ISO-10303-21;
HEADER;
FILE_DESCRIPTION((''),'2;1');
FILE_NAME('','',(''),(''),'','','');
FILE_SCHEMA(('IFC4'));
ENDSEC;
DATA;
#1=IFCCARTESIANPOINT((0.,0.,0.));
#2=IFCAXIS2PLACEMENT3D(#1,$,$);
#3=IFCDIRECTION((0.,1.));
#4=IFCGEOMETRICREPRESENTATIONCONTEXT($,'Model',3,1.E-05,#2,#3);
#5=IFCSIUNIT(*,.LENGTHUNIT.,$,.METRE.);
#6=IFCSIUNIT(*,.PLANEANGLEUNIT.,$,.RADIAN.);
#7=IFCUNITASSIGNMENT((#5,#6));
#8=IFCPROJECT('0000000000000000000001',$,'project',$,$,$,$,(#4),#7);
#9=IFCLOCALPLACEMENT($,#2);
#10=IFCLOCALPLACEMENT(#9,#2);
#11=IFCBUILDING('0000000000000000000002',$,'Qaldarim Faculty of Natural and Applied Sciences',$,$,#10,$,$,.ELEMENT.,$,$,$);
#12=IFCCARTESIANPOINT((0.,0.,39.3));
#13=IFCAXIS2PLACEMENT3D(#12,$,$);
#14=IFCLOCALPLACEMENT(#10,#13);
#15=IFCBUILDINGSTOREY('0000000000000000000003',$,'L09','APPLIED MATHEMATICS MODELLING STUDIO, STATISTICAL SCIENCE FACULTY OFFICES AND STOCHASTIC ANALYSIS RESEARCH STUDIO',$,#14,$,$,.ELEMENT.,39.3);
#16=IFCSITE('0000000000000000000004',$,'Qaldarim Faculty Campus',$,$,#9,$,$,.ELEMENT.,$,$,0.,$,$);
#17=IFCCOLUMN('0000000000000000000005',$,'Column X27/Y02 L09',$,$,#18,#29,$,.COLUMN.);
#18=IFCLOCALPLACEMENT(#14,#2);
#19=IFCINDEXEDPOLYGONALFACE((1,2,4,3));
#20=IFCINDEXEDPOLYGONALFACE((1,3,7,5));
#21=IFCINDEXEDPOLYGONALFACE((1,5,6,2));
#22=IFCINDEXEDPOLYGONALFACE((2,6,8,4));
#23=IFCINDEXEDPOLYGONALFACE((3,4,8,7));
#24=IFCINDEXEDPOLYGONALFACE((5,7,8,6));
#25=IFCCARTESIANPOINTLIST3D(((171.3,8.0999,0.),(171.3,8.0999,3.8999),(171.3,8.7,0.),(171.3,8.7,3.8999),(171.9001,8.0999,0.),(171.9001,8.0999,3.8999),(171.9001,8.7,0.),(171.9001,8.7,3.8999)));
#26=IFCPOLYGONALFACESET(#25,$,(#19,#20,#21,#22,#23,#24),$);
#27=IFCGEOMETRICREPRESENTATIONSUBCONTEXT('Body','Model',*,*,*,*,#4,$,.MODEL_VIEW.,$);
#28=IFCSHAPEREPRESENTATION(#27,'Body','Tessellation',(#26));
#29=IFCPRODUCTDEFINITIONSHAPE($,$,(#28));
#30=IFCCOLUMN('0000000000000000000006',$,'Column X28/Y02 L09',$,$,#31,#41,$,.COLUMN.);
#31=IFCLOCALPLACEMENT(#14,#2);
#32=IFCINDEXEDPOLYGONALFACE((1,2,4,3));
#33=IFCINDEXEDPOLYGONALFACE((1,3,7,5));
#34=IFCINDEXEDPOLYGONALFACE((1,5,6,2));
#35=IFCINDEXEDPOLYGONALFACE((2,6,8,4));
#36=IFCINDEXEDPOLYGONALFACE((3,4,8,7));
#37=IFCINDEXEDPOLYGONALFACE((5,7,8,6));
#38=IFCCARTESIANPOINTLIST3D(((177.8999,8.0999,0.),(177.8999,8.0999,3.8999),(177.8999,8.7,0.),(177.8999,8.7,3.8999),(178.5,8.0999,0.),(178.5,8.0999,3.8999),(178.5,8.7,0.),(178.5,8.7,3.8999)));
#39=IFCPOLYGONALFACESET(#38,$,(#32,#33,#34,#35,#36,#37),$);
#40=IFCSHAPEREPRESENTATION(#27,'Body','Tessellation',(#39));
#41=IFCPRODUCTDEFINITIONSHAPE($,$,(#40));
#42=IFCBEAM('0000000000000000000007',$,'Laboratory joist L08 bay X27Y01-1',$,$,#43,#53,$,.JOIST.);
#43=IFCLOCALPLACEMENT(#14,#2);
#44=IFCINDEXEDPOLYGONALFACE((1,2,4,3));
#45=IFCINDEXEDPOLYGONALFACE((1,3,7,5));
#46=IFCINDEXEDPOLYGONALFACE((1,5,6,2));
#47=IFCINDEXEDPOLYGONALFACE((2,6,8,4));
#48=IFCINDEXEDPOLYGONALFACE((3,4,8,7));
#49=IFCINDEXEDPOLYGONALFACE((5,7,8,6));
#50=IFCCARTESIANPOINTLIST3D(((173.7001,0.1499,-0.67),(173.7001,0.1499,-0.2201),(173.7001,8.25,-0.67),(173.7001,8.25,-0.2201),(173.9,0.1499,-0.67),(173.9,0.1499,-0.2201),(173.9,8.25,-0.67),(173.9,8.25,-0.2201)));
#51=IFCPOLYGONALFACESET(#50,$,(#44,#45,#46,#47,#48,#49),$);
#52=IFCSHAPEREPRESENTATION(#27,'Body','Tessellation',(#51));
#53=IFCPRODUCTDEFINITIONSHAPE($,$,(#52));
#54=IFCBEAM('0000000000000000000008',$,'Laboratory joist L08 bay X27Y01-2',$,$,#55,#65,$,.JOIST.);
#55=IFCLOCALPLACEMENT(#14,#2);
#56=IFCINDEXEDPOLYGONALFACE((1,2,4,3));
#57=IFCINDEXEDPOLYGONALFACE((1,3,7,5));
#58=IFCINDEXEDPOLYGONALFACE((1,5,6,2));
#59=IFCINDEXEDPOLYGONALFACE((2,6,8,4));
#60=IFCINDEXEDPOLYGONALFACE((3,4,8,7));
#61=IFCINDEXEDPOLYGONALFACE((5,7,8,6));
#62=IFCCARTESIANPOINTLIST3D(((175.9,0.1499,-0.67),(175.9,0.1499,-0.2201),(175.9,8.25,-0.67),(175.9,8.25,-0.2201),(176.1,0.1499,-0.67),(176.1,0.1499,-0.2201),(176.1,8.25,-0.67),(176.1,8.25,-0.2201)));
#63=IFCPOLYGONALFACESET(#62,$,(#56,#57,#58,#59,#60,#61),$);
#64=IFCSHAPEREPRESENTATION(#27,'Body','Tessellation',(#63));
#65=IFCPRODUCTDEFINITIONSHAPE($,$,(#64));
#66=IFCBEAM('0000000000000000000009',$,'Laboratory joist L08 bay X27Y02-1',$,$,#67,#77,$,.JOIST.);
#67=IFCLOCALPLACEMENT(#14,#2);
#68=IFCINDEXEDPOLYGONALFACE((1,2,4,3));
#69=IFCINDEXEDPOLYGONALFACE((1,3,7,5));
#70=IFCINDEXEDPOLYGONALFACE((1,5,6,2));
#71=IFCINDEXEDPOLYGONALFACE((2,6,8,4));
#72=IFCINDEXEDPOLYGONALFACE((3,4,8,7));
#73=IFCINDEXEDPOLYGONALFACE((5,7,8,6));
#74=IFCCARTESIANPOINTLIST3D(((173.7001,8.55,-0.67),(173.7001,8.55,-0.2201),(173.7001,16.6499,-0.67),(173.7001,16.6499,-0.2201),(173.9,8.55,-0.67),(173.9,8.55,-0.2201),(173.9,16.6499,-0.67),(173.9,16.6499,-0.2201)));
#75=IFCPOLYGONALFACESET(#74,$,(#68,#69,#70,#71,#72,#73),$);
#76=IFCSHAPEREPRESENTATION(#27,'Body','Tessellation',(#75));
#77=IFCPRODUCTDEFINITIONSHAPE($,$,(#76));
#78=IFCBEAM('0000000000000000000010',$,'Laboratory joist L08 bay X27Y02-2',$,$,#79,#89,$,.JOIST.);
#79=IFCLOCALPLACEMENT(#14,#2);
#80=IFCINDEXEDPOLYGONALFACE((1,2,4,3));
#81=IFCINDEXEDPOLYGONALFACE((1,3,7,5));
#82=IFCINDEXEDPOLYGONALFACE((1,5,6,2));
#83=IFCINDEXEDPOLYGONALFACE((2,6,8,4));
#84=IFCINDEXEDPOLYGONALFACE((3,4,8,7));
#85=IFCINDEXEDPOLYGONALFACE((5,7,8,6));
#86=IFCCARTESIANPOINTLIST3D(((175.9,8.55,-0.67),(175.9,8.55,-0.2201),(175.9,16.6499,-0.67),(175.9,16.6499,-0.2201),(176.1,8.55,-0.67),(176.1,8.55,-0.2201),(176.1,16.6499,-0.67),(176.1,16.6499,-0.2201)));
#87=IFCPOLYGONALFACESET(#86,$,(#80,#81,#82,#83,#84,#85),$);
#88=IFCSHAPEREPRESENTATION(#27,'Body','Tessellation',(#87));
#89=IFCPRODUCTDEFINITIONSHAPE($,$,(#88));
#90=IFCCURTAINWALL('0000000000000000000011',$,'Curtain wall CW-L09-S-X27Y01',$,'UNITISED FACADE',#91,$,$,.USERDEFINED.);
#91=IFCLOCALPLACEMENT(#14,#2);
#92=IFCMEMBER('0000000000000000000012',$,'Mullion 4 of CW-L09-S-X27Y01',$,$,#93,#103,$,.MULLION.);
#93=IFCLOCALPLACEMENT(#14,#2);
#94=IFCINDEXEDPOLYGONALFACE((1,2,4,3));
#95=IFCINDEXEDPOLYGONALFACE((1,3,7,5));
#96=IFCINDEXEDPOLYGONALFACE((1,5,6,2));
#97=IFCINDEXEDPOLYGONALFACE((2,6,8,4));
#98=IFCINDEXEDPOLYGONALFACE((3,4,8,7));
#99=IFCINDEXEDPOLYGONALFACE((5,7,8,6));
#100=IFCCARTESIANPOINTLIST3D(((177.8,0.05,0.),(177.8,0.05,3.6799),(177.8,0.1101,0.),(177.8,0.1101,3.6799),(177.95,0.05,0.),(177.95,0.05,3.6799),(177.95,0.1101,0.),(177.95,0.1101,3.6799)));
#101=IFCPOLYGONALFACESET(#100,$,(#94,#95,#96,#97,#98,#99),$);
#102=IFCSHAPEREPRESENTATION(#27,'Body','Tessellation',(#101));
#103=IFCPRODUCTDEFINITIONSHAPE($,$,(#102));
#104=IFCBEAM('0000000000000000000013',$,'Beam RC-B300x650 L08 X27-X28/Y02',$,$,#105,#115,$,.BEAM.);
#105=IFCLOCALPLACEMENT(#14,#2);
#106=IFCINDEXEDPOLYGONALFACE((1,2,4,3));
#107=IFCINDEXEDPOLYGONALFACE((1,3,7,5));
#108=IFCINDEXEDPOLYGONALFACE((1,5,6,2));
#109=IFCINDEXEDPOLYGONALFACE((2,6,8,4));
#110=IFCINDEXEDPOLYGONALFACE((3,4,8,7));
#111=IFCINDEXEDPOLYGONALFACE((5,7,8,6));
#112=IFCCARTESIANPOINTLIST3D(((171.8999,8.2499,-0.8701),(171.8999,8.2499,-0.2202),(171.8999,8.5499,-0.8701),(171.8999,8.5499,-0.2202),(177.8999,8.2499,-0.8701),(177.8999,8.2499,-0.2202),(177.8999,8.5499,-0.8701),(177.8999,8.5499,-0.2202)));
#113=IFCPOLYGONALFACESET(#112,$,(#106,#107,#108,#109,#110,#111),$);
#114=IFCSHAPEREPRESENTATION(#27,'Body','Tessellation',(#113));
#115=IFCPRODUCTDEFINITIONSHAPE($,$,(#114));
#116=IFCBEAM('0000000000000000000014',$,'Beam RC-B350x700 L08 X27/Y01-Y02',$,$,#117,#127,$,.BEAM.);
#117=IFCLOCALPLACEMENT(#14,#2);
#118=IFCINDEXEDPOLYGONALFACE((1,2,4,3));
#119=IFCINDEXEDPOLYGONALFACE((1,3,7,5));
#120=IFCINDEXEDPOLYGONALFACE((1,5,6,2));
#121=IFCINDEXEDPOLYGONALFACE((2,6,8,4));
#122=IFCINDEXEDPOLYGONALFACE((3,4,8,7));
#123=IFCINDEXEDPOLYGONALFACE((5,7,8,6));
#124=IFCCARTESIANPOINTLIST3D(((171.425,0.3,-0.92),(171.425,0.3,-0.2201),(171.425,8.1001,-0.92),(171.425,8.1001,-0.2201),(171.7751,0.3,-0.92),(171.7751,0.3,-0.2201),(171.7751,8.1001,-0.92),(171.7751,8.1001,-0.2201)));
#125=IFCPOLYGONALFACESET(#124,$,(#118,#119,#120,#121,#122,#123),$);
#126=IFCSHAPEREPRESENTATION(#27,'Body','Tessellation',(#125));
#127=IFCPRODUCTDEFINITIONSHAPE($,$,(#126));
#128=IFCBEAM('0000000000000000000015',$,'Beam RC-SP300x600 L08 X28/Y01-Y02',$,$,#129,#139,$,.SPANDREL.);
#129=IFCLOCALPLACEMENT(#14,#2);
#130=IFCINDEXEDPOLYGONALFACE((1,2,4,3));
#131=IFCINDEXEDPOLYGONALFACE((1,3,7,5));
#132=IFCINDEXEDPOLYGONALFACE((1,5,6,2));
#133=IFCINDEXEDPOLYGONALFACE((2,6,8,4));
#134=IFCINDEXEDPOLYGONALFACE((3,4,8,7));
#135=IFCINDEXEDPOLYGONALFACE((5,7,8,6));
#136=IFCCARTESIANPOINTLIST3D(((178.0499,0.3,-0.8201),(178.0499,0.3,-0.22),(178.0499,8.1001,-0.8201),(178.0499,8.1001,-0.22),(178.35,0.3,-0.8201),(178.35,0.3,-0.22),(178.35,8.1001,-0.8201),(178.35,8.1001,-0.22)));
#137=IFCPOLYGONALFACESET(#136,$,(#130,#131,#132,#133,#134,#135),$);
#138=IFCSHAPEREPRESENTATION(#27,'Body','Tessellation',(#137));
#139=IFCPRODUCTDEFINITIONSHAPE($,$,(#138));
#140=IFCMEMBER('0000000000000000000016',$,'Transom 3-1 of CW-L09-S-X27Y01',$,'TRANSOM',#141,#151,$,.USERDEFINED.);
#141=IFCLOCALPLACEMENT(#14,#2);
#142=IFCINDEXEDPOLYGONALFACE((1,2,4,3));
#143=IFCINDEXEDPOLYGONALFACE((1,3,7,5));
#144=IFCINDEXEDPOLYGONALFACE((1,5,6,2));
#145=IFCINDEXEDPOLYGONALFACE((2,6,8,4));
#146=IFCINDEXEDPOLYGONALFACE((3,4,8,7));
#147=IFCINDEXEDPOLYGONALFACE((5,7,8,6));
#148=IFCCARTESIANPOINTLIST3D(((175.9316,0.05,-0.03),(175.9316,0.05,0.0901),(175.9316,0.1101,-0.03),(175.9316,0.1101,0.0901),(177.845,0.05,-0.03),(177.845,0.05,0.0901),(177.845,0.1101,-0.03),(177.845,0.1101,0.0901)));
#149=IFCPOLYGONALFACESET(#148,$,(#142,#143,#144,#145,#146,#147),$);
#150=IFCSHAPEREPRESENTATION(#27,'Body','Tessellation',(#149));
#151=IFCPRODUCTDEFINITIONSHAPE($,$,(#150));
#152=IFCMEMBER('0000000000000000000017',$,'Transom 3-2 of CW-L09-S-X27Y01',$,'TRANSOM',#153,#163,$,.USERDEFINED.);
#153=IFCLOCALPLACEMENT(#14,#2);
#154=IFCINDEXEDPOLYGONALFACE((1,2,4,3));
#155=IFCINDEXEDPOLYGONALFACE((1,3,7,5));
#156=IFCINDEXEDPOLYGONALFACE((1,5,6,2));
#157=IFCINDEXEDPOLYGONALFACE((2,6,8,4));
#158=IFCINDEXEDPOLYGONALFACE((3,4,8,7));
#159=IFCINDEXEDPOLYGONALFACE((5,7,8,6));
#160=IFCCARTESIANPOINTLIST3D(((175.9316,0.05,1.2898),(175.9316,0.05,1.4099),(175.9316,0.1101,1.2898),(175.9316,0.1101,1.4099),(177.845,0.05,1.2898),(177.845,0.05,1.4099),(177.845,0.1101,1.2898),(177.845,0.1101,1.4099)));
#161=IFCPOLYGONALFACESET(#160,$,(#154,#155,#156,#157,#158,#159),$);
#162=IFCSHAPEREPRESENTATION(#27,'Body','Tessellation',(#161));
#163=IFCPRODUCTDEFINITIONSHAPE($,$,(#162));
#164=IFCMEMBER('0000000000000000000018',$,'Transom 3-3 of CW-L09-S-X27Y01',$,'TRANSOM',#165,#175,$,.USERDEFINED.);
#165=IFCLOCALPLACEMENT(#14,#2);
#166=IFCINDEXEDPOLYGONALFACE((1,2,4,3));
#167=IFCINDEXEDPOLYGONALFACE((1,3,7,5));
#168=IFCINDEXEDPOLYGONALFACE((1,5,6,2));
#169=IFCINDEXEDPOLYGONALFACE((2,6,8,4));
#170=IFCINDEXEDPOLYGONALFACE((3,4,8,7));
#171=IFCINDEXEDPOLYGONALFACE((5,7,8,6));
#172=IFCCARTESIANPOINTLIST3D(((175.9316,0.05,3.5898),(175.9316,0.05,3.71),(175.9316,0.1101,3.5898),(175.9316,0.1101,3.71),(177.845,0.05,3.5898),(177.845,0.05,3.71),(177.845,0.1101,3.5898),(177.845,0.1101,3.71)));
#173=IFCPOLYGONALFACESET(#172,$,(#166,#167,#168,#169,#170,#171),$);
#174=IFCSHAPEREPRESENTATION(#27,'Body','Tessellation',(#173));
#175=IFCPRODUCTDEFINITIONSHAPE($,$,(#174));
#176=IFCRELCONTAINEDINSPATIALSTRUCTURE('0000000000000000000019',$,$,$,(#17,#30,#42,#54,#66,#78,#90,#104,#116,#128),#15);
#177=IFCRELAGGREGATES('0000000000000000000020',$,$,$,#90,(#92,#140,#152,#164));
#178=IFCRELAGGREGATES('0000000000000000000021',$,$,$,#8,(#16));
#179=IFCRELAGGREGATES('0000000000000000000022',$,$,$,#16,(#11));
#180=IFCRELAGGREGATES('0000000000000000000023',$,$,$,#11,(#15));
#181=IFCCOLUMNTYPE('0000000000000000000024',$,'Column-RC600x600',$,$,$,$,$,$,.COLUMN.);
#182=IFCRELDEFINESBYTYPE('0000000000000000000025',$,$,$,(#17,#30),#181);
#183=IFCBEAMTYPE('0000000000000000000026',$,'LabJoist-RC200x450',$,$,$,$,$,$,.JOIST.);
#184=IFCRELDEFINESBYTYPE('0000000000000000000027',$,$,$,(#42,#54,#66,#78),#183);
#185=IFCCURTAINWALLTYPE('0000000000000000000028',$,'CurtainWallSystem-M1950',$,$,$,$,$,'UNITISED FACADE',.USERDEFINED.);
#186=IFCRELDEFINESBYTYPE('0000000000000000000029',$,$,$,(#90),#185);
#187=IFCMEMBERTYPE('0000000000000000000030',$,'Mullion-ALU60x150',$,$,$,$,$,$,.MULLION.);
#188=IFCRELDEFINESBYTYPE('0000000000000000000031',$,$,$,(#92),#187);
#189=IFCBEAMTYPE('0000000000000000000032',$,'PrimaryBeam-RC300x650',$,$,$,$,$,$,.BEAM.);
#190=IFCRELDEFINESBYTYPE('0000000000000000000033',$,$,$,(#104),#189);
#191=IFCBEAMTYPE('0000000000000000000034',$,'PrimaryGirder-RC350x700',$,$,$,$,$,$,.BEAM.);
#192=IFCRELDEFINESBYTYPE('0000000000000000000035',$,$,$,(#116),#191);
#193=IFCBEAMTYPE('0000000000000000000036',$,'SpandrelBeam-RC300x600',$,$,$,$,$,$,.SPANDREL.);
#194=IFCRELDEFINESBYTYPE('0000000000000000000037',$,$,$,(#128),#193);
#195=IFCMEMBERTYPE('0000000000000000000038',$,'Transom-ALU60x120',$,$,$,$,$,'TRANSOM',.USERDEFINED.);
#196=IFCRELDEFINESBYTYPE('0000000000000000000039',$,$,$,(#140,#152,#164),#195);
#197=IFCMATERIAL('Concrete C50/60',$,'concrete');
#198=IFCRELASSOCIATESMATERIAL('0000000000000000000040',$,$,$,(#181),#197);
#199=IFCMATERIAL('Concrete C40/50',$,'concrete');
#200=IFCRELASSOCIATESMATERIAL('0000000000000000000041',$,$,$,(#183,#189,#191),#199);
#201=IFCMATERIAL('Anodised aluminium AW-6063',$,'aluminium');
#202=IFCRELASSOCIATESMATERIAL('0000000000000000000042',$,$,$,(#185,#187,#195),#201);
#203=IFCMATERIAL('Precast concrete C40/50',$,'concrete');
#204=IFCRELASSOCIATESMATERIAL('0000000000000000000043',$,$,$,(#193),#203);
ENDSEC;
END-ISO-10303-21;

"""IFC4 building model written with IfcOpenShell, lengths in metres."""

from ifc_helpers import new_model, si_unit, direction, frame, origin, origin_2d, place, context, subcontext, project, spatial, rectangle, extrude, material, material_profile, profile_set, type_object, element, aggregate, save


model = new_model("IFC4")

# Units and contexts
model_context = context("Model", 3, precision=1e-05, world=origin(), true_north=direction((0.0, 1.0)))
body_context = subcontext(model_context, "Body", "Model", "MODEL_VIEW")
ifc_project = project(units=[si_unit("LENGTHUNIT", "METRE"), si_unit("PLANEANGLEUNIT", "RADIAN")], contexts=[model_context])

# Site, building, storey
site_placement = place(None, origin())
site = spatial("IfcSite", under=ifc_project, at=site_placement, Name="Qaldarim Faculty Campus", CompositionType="ELEMENT", RefElevation=0.0)
building_placement = place(site_placement, origin())
building = spatial("IfcBuilding", under=site, at=building_placement, Name="Qaldarim Faculty of Natural and Applied Sciences", CompositionType="ELEMENT")
storey_placement = place(building_placement, frame((0.0, 0.0, 39.3)))
storey = spatial("IfcBuildingStorey", under=building, at=storey_placement, Name="L09", Description="APPLIED MATHEMATICS MODELLING STUDIO, STATISTICAL SCIENCE FACULTY OFFICES AND STOCHASTIC ANALYSIS RESEARCH STUDIO", CompositionType="ELEMENT", Elevation=39.3)

# Columns
ifc_material_1 = material(Name="Concrete C50/60", Category="concrete")
ifc_material_profile_1 = material_profile(ifc_material_1, rectangle(XDim=0.6001, YDim=0.6001, at=origin_2d()), Name="RC-C600x600")
ifc_profile_set_1 = profile_set([ifc_material_profile_1], Name="Concrete C50/60")
column_type = type_object("IfcColumnType", Name="Column-RC600x600", PredefinedType="COLUMN", material=ifc_profile_set_1)
for number, where, z_axis, x_axis, name in (
    (1, (171.6001, 8.3999, 0.0), (0.0, 0.0, 1.0), (1.0, 0.0, 0.0), "Column X27/Y02 L09"),
    (2, (178.2, 8.3999, 0.0), (0.0, 0.0, 1.0), (1.0, 0.0, 0.0), "Column X28/Y02 L09"),
):
    element("IfcColumn", number, at=place(storey_placement, frame(where, z_axis=z_axis, x_axis=x_axis)), inside=storey, type_object=column_type, Name=name, PredefinedType="COLUMN", context=body_context, shape_type="SweptSolid", body=[
        extrude(rectangle(XDim=0.6001, YDim=0.6001, at=origin_2d()), origin(), (0.0, 0.0, 1.0), 3.8999),
    ])

# Beams
ifc_material_2 = material(Name="Concrete C40/50", Category="concrete")
ifc_material_profile_2 = material_profile(ifc_material_2, rectangle(XDim=0.2, YDim=0.45, at=origin_2d()), Name="RC-J200x450")
ifc_profile_set_2 = profile_set([ifc_material_profile_2], Name="Concrete C40/50")
beam_type_1 = type_object("IfcBeamType", Name="LabJoist-RC200x450", PredefinedType="JOIST", material=ifc_profile_set_2)
for number, where, z_axis, x_axis, name in (
    (3, (173.8, 0.1499, -0.4451), (0.0, 1.0, 0.0), (-1.0, 0.0, 0.0), "Laboratory joist L08 bay X27Y01-1"),
    (4, (176.0, 0.1499, -0.4451), (0.0, 1.0, 0.0), (-1.0, 0.0, 0.0), "Laboratory joist L08 bay X27Y01-2"),
):
    element("IfcBeam", number, at=place(storey_placement, frame(where, z_axis=z_axis, x_axis=x_axis)), inside=storey, type_object=beam_type_1, Name=name, PredefinedType="JOIST", context=body_context, shape_type="SweptSolid", body=[
        extrude(rectangle(XDim=0.2, YDim=0.45, at=origin_2d()), origin(), (0.0, 0.0, 1.0), 8.1001),
    ])
for number, where, z_axis, x_axis, name in (
    (5, (173.8, 8.55, -0.4451), (0.0, 1.0, 0.0), (-1.0, 0.0, 0.0), "Laboratory joist L08 bay X27Y02-1"),
    (6, (176.0, 8.55, -0.4451), (0.0, 1.0, 0.0), (-1.0, 0.0, 0.0), "Laboratory joist L08 bay X27Y02-2"),
):
    element("IfcBeam", number, at=place(storey_placement, frame(where, z_axis=z_axis, x_axis=x_axis)), inside=storey, type_object=beam_type_1, Name=name, PredefinedType="JOIST", context=body_context, shape_type="SweptSolid", body=[
        extrude(rectangle(XDim=0.2, YDim=0.45, at=origin_2d()), origin(), (0.0, 0.0, 1.0), 8.0999),
    ])

# Curtain wall, member
ifc_material_3 = material(Name="Anodised aluminium AW-6063", Category="aluminium")
curtain_wall_type = type_object("IfcCurtainWallType", Name="CurtainWallSystem-M1950", ElementType="UNITISED FACADE", PredefinedType="USERDEFINED", material=ifc_material_3)
curtain_wall_placement = place(storey_placement, origin())
curtain_wall = element("IfcCurtainWall", 7, at=curtain_wall_placement, inside=storey, type_object=curtain_wall_type, Name="Curtain wall CW-L09-S-X27Y01", ObjectType="UNITISED FACADE", PredefinedType="USERDEFINED")
ifc_material_profile_3 = material_profile(ifc_material_3, rectangle(XDim=0.0601, YDim=0.1499, at=origin_2d()), Name="ALU-M60x150")
ifc_profile_set_3 = profile_set([ifc_material_profile_3], Name="Anodised aluminium AW-6063")
member_type_1 = type_object("IfcMemberType", Name="Mullion-ALU60x150", PredefinedType="MULLION", material=ifc_profile_set_3)
member_1_placement = place(storey_placement, frame((177.875, 0.0801, 0.0), z_axis=(0.0, 0.0, 1.0), x_axis=(0.0, 1.0, 0.0)))
member_1 = element("IfcMember", 8, at=member_1_placement, type_object=member_type_1, Name="Mullion 4 of CW-L09-S-X27Y01", PredefinedType="MULLION", context=body_context, shape_type="SweptSolid", body=[
    extrude(rectangle(XDim=0.0601, YDim=0.1499, at=origin_2d()), origin(), (0.0, 0.0, 1.0), 3.6799),
])

# Beams
ifc_material_profile_4 = material_profile(ifc_material_2, rectangle(XDim=0.3, YDim=0.6499, at=origin_2d()), Name="RC-B300x650")
ifc_profile_set_4 = profile_set([ifc_material_profile_4], Name="Concrete C40/50")
beam_type_2 = type_object("IfcBeamType", Name="PrimaryBeam-RC300x650", PredefinedType="BEAM", material=ifc_profile_set_4)
beam_1_placement = place(storey_placement, frame((171.8999, 8.3999, -0.5452), z_axis=(1.0, 0.0, 0.0), x_axis=(0.0, 1.0, 0.0)))
element("IfcBeam", 9, at=beam_1_placement, inside=storey, type_object=beam_type_2, Name="Beam RC-B300x650 L08 X27-X28/Y02", PredefinedType="BEAM", context=body_context, shape_type="SweptSolid", body=[
    extrude(rectangle(XDim=0.3, YDim=0.6499, at=origin_2d()), origin(), (0.0, 0.0, 1.0), 6.0),
])
ifc_material_profile_5 = material_profile(ifc_material_2, rectangle(XDim=0.3501, YDim=0.7, at=origin_2d()), Name="RC-B350x700")
ifc_profile_set_5 = profile_set([ifc_material_profile_5], Name="Concrete C40/50")
beam_type_3 = type_object("IfcBeamType", Name="PrimaryGirder-RC350x700", PredefinedType="BEAM", material=ifc_profile_set_5)
beam_2_placement = place(storey_placement, frame((171.6001, 0.3, -0.5701), z_axis=(0.0, 1.0, 0.0), x_axis=(-1.0, 0.0, 0.0)))
element("IfcBeam", 10, at=beam_2_placement, inside=storey, type_object=beam_type_3, Name="Beam RC-B350x700 L08 X27/Y01-Y02", PredefinedType="BEAM", context=body_context, shape_type="SweptSolid", body=[
    extrude(rectangle(XDim=0.3501, YDim=0.7, at=origin_2d()), origin(), (0.0, 0.0, 1.0), 7.8),
])
ifc_material_4 = material(Name="Precast concrete C40/50", Category="concrete")
ifc_material_profile_6 = material_profile(ifc_material_4, rectangle(XDim=0.3, YDim=0.6001, at=origin_2d()), Name="RC-SP300x600")
ifc_profile_set_6 = profile_set([ifc_material_profile_6], Name="Precast concrete C40/50")
beam_type_4 = type_object("IfcBeamType", Name="SpandrelBeam-RC300x600", PredefinedType="SPANDREL", material=ifc_profile_set_6)
beam_3_placement = place(storey_placement, frame((178.2, 0.3, -0.52), z_axis=(0.0, 1.0, 0.0), x_axis=(-1.0, 0.0, 0.0)))
element("IfcBeam", 11, at=beam_3_placement, inside=storey, type_object=beam_type_4, Name="Beam RC-SP300x600 L08 X28/Y01-Y02", PredefinedType="SPANDREL", context=body_context, shape_type="SweptSolid", body=[
    extrude(rectangle(XDim=0.3, YDim=0.6001, at=origin_2d()), origin(), (0.0, 0.0, 1.0), 7.8),
])

# Members
ifc_material_profile_7 = material_profile(ifc_material_3, rectangle(XDim=0.0601, YDim=0.1201, at=origin_2d()), Name="ALU-T60x120")
ifc_profile_set_7 = profile_set([ifc_material_profile_7], Name="Anodised aluminium AW-6063")
member_type_2 = type_object("IfcMemberType", Name="Transom-ALU60x120", ElementType="TRANSOM", PredefinedType="USERDEFINED", material=ifc_profile_set_7)
member_2_placement = place(storey_placement, frame((175.9316, 0.0801, 0.03), z_axis=(1.0, 0.0, 0.0), x_axis=(0.0, 1.0, 0.0)))
member_2 = element("IfcMember", 12, at=member_2_placement, type_object=member_type_2, Name="Transom 3-1 of CW-L09-S-X27Y01", ObjectType="TRANSOM", PredefinedType="USERDEFINED", context=body_context, shape_type="SweptSolid", body=[
    extrude(rectangle(XDim=0.0601, YDim=0.1201, at=origin_2d()), origin(), (0.0, 0.0, 1.0), 1.9133),
])
member_3_placement = place(storey_placement, frame((175.9316, 0.0801, 1.3499), z_axis=(1.0, 0.0, 0.0), x_axis=(0.0, 1.0, 0.0)))
member_3 = element("IfcMember", 13, at=member_3_placement, type_object=member_type_2, Name="Transom 3-2 of CW-L09-S-X27Y01", ObjectType="TRANSOM", PredefinedType="USERDEFINED", context=body_context, shape_type="SweptSolid", body=[
    extrude(rectangle(XDim=0.0601, YDim=0.1201, at=origin_2d()), origin(), (0.0, 0.0, 1.0), 1.9133),
])
member_4_placement = place(storey_placement, frame((175.9316, 0.0801, 3.6499), z_axis=(1.0, 0.0, 0.0), x_axis=(0.0, 1.0, 0.0)))
member_4 = element("IfcMember", 14, at=member_4_placement, type_object=member_type_2, Name="Transom 3-3 of CW-L09-S-X27Y01", ObjectType="TRANSOM", PredefinedType="USERDEFINED", context=body_context, shape_type="SweptSolid", body=[
    extrude(rectangle(XDim=0.0601, YDim=0.1201, at=origin_2d()), origin(), (0.0, 0.0, 1.0), 1.9133),
])

aggregate(curtain_wall, [member_1, member_2, member_3, member_4])

save(model, "model.ifc")
